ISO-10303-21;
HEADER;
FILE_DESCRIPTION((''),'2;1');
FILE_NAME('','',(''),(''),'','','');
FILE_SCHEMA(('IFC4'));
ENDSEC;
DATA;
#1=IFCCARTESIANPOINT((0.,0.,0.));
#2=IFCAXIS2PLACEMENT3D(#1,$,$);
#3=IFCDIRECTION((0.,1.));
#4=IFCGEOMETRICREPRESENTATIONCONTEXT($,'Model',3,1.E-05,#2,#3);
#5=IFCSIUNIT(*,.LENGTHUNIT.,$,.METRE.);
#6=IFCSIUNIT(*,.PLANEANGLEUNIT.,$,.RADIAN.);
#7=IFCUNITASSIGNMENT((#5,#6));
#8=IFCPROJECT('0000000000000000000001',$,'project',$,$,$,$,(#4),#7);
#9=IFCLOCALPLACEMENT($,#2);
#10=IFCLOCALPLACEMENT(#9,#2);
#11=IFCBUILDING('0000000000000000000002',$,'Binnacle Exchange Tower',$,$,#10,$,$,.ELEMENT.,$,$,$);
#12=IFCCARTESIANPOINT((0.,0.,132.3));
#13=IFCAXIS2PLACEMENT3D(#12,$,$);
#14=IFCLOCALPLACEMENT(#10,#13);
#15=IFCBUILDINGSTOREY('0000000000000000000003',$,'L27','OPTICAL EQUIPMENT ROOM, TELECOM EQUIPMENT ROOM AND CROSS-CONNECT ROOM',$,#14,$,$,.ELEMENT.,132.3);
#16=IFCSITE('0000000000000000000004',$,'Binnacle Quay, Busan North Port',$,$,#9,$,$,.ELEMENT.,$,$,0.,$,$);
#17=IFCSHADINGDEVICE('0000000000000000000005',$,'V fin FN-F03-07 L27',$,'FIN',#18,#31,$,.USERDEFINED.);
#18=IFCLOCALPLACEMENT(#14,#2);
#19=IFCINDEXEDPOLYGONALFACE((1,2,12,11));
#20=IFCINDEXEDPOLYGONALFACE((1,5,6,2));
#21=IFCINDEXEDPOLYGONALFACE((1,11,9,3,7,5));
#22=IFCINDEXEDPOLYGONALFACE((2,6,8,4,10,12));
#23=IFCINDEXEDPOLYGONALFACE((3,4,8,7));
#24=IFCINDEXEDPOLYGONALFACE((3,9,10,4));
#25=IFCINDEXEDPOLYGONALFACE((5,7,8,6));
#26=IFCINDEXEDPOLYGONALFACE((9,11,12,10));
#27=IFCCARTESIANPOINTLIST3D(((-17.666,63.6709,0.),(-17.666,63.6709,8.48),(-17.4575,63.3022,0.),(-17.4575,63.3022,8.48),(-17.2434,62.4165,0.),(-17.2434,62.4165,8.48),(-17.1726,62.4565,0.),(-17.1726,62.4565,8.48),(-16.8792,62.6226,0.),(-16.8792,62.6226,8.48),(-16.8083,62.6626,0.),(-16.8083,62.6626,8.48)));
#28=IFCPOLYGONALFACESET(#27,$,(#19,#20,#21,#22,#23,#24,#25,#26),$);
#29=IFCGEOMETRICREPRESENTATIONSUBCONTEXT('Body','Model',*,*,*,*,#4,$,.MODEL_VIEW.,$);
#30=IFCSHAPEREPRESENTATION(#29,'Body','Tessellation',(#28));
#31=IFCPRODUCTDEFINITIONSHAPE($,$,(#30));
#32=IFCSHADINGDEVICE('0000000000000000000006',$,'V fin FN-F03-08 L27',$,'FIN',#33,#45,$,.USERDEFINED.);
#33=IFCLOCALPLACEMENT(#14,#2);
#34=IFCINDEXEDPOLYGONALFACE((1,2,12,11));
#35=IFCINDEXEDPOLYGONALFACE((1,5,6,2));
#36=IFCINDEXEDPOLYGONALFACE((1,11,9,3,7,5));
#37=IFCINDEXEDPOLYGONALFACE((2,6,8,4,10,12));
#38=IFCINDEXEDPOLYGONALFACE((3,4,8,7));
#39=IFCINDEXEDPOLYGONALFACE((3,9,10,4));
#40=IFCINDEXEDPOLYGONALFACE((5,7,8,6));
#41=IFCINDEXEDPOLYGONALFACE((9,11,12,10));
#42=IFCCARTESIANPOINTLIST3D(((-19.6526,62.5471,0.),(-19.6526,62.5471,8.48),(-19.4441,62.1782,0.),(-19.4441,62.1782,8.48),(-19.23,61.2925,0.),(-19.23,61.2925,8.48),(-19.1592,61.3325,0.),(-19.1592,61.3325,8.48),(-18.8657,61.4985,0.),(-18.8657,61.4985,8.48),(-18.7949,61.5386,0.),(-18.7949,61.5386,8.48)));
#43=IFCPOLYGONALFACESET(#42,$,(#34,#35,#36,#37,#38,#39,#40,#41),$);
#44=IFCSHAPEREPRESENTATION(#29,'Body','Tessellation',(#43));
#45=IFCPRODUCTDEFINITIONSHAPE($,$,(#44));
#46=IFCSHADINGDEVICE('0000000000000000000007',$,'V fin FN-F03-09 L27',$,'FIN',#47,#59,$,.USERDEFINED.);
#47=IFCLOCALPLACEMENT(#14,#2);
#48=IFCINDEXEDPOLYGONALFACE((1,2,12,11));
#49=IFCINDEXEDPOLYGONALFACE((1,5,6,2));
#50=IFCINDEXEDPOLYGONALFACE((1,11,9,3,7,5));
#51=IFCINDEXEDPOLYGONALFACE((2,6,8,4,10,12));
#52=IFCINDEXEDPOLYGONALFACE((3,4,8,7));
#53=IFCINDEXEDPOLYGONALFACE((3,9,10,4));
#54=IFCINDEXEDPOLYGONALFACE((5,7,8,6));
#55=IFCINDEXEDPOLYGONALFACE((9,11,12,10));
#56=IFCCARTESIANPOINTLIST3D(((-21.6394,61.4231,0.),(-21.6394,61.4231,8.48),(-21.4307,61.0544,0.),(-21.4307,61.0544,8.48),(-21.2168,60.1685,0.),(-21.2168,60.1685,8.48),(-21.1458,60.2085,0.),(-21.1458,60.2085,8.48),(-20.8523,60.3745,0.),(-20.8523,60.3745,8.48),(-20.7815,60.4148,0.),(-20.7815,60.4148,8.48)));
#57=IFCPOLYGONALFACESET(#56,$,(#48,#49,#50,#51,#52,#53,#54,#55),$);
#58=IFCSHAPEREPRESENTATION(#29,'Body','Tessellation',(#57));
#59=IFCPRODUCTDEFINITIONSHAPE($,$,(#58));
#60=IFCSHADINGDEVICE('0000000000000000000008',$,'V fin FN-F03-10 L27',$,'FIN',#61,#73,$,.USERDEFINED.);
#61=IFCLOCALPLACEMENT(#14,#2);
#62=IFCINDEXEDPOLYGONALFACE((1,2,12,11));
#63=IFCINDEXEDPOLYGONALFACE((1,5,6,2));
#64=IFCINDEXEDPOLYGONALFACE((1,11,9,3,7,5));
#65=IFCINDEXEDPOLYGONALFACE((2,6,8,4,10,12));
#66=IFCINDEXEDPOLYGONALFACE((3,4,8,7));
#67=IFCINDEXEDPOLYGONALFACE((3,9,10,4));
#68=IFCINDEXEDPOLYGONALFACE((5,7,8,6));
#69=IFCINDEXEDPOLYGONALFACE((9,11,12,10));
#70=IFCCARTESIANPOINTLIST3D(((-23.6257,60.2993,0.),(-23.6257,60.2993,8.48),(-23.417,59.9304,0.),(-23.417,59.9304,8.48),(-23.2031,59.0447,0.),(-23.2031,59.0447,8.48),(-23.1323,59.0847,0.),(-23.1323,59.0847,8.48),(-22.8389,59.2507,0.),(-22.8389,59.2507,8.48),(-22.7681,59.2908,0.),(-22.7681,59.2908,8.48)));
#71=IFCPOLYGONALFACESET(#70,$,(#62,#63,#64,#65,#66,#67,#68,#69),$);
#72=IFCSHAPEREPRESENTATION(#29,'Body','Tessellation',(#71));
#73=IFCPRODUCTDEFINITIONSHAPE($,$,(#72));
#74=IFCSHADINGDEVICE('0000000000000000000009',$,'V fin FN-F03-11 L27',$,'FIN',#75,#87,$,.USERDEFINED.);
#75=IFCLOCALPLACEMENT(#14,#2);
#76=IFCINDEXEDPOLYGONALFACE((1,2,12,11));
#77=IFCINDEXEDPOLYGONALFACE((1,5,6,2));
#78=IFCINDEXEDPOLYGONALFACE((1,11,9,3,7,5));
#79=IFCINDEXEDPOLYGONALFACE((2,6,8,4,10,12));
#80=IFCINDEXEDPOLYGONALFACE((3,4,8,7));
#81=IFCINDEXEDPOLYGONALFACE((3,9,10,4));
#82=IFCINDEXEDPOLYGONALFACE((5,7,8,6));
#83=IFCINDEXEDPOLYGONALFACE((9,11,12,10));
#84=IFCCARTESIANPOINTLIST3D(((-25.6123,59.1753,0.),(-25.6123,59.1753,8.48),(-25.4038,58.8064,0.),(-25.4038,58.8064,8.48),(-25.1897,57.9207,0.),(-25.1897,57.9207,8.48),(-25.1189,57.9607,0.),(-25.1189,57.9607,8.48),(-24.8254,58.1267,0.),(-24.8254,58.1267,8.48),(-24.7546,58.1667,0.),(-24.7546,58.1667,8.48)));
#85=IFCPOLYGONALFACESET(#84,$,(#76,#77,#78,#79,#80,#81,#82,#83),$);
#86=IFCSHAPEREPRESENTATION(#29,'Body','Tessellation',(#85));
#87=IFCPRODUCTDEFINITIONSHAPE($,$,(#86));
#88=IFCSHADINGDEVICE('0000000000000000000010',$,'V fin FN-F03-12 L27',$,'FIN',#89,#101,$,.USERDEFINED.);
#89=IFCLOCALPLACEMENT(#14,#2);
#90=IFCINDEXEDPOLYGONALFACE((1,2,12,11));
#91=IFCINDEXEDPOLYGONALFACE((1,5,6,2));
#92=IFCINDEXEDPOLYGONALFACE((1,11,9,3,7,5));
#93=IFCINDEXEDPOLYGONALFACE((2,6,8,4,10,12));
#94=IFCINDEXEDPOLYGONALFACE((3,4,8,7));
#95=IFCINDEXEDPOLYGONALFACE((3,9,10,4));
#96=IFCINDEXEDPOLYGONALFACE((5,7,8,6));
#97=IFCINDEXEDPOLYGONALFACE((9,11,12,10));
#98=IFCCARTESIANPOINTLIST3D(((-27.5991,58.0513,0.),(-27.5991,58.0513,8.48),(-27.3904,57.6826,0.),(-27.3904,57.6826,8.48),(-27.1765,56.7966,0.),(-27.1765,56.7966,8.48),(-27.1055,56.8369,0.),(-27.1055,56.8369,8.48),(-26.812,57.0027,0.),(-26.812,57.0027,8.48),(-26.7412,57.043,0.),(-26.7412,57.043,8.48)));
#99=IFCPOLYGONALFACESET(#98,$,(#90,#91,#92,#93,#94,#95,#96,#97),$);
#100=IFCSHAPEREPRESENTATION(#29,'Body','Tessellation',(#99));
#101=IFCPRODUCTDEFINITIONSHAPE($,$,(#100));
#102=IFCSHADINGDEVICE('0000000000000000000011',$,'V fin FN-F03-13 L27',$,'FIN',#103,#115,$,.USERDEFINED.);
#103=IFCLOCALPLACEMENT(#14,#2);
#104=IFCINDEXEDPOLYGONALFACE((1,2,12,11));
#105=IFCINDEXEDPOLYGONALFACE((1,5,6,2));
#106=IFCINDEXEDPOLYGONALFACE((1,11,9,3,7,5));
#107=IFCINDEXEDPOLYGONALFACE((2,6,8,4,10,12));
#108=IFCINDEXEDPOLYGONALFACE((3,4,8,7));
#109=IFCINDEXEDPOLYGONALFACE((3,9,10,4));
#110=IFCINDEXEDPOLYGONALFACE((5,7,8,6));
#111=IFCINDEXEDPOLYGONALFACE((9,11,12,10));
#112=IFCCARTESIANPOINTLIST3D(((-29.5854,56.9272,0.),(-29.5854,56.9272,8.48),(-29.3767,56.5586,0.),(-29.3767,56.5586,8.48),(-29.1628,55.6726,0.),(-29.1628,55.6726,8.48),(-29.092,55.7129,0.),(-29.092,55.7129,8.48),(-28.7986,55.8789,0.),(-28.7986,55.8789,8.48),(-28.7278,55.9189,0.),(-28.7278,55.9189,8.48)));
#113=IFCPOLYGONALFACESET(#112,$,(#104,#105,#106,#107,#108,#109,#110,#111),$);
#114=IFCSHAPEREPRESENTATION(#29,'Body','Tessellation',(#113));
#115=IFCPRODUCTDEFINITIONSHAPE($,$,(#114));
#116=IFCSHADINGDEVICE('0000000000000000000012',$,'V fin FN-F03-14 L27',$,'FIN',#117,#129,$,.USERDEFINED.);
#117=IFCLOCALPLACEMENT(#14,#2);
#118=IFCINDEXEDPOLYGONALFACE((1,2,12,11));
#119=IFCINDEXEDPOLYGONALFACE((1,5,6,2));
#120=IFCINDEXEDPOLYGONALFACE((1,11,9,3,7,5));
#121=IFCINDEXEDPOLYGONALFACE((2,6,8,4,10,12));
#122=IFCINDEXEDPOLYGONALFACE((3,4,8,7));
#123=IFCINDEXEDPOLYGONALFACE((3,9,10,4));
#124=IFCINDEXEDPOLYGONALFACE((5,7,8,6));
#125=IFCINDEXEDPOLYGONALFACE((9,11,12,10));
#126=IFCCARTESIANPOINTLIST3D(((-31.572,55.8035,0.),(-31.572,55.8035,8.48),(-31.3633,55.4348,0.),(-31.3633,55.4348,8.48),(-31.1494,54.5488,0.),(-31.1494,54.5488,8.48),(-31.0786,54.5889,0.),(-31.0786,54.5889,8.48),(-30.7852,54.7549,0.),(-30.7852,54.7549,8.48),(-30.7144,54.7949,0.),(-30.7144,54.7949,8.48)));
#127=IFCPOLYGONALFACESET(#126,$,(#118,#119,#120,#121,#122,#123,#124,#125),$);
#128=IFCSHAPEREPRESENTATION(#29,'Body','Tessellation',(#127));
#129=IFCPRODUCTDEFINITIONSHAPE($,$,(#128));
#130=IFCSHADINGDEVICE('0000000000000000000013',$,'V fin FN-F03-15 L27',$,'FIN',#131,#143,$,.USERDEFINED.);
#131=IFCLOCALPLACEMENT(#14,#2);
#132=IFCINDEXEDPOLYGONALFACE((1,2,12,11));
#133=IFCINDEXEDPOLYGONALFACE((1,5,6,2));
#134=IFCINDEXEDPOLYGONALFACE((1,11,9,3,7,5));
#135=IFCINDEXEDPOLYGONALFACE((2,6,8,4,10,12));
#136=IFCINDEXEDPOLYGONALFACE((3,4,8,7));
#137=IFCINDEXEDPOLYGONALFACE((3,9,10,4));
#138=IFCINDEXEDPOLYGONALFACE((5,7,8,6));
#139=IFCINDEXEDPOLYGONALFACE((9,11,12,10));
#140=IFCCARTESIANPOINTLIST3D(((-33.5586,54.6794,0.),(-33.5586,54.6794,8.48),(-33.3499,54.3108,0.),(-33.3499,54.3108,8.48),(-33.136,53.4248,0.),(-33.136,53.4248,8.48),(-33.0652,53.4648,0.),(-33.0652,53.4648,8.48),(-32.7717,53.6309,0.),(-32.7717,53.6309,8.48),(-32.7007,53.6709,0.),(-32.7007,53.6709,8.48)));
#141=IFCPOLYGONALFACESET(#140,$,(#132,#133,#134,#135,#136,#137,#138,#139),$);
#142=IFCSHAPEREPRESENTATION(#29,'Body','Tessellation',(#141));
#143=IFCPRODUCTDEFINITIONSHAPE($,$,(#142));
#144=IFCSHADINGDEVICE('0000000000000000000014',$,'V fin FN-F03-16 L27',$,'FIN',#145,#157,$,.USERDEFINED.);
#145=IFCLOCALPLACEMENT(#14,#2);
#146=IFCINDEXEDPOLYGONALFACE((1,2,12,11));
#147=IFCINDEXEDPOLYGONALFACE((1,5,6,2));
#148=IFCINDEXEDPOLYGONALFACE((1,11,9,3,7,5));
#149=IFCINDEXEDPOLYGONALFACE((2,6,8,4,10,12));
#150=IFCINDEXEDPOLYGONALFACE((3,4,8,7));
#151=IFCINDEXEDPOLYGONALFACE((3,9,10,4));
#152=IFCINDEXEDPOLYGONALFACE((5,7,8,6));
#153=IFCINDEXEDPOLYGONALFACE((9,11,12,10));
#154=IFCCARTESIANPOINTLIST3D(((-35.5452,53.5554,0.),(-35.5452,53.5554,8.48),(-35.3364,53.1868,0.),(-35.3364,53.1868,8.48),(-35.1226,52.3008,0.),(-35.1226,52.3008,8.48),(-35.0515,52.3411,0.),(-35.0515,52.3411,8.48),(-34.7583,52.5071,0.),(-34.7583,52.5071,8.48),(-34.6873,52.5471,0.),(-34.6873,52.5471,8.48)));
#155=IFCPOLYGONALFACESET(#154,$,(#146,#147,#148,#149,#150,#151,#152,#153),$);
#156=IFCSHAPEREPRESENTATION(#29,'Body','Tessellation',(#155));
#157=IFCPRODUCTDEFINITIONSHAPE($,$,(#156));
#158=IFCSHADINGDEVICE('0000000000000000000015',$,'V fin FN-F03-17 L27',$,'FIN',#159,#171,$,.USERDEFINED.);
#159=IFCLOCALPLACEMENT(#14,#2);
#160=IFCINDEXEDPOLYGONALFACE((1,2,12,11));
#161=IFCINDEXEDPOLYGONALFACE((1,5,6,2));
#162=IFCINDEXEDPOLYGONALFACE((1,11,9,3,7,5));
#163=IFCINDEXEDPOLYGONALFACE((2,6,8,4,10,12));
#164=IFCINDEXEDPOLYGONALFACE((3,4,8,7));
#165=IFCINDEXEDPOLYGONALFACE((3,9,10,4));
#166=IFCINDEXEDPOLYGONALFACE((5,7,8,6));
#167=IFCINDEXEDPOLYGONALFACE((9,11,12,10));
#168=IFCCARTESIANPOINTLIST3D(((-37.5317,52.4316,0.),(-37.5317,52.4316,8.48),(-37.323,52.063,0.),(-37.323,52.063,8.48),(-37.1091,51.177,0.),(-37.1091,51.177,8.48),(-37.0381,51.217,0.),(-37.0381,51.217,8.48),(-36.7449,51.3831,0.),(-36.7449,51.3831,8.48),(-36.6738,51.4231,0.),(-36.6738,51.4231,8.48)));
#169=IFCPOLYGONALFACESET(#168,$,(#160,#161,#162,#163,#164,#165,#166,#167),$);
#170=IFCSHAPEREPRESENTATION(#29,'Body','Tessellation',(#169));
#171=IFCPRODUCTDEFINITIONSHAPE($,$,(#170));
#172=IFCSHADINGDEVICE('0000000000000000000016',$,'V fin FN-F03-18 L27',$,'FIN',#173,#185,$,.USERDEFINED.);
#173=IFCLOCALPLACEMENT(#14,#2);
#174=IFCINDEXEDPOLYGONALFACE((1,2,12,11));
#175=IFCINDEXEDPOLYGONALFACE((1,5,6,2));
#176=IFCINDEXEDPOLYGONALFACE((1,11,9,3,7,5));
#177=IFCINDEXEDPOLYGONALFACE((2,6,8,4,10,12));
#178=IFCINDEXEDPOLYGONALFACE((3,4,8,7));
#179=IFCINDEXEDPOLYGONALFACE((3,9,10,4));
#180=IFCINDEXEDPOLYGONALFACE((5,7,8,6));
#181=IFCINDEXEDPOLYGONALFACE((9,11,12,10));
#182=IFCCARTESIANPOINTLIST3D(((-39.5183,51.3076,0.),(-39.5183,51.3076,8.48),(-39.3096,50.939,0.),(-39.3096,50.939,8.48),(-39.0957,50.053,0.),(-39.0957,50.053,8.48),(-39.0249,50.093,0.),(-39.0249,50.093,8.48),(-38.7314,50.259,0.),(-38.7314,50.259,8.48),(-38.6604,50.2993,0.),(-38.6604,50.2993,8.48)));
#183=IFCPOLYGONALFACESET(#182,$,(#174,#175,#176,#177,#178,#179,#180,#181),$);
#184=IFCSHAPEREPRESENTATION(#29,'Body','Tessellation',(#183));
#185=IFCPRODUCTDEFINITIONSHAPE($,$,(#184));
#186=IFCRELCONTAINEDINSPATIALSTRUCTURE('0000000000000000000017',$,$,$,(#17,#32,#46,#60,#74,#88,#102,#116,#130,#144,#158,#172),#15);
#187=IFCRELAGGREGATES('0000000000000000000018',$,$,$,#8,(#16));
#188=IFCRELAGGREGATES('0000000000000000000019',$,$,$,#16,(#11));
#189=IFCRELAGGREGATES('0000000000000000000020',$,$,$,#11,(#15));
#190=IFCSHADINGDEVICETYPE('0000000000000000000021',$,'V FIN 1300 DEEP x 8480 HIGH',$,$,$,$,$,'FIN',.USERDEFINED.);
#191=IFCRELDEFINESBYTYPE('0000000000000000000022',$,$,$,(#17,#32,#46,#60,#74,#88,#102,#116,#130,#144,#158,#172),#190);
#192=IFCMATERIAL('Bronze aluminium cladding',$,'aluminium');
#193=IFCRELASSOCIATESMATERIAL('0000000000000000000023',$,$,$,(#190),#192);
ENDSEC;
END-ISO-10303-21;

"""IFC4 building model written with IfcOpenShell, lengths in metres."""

from ifc_helpers import new_model, si_unit, direction, frame, origin, place, context, subcontext, project, spatial, polyline, outline, extrude, material, type_object, element, save


model = new_model("IFC4")

# Units and contexts
model_context = context("Model", 3, precision=1e-05, world=origin(), true_north=direction((0.0, 1.0)))
body_context = subcontext(model_context, "Body", "Model", "MODEL_VIEW")
ifc_project = project(units=[si_unit("LENGTHUNIT", "METRE"), si_unit("PLANEANGLEUNIT", "RADIAN")], contexts=[model_context])

# Site, building, storey
site_placement = place(None, origin())
site = spatial("IfcSite", under=ifc_project, at=site_placement, Name="Binnacle Quay, Busan North Port", CompositionType="ELEMENT", RefElevation=0.0)
building_placement = place(site_placement, origin())
building = spatial("IfcBuilding", under=site, at=building_placement, Name="Binnacle Exchange Tower", CompositionType="ELEMENT")
storey_placement = place(building_placement, frame((0.0, 0.0, 132.3)))
storey = spatial("IfcBuildingStorey", under=building, at=storey_placement, Name="L27", Description="OPTICAL EQUIPMENT ROOM, TELECOM EQUIPMENT ROOM AND CROSS-CONNECT ROOM", CompositionType="ELEMENT", Elevation=132.3)

# Shading devices
ifc_material = material(Name="Bronze aluminium cladding", Category="aluminium")
shading_device_type = type_object("IfcShadingDeviceType", Name="V FIN 1300 DEEP x 8480 HIGH", ElementType="FIN", PredefinedType="USERDEFINED", material=ifc_material)
shading_device_1_placement = place(storey_placement, origin())
element("IfcShadingDevice", 1, at=shading_device_1_placement, inside=storey, type_object=shading_device_type, Name="V fin FN-F03-07 L27", ObjectType="FIN", PredefinedType="USERDEFINED", context=body_context, shape_type="SweptSolid", body=[
    extrude(outline(polyline([(-16.8083, 62.6626), (-17.666, 63.6709), (-17.2434, 62.4165), (-17.1726, 62.4565), (-17.4575, 63.3022), (-16.8792, 62.6226), (-16.8083, 62.6626)])), origin(), (0.0, 0.0, 1.0), 8.48),
])
shading_device_2_placement = place(storey_placement, origin())
element("IfcShadingDevice", 2, at=shading_device_2_placement, inside=storey, type_object=shading_device_type, Name="V fin FN-F03-08 L27", ObjectType="FIN", PredefinedType="USERDEFINED", context=body_context, shape_type="SweptSolid", body=[
    extrude(outline(polyline([(-18.7949, 61.5386), (-19.6526, 62.5471), (-19.23, 61.2925), (-19.1592, 61.3325), (-19.4441, 62.1782), (-18.8657, 61.4985), (-18.7949, 61.5386)])), origin(), (0.0, 0.0, 1.0), 8.48),
])
shading_device_3_placement = place(storey_placement, origin())
element("IfcShadingDevice", 3, at=shading_device_3_placement, inside=storey, type_object=shading_device_type, Name="V fin FN-F03-09 L27", ObjectType="FIN", PredefinedType="USERDEFINED", context=body_context, shape_type="SweptSolid", body=[
    extrude(outline(polyline([(-20.7815, 60.4148), (-21.6394, 61.4231), (-21.2168, 60.1685), (-21.1458, 60.2085), (-21.4307, 61.0544), (-20.8523, 60.3745), (-20.7815, 60.4148)])), origin(), (0.0, 0.0, 1.0), 8.48),
])
shading_device_4_placement = place(storey_placement, origin())
element("IfcShadingDevice", 4, at=shading_device_4_placement, inside=storey, type_object=shading_device_type, Name="V fin FN-F03-10 L27", ObjectType="FIN", PredefinedType="USERDEFINED", context=body_context, shape_type="SweptSolid", body=[
    extrude(outline(polyline([(-22.7681, 59.2908), (-23.6257, 60.2993), (-23.2031, 59.0447), (-23.1323, 59.0847), (-23.417, 59.9304), (-22.8389, 59.2507), (-22.7681, 59.2908)])), origin(), (0.0, 0.0, 1.0), 8.48),
])
shading_device_5_placement = place(storey_placement, origin())
element("IfcShadingDevice", 5, at=shading_device_5_placement, inside=storey, type_object=shading_device_type, Name="V fin FN-F03-11 L27", ObjectType="FIN", PredefinedType="USERDEFINED", context=body_context, shape_type="SweptSolid", body=[
    extrude(outline(polyline([(-24.7546, 58.1667), (-25.6123, 59.1753), (-25.1897, 57.9207), (-25.1189, 57.9607), (-25.4038, 58.8064), (-24.8254, 58.1267), (-24.7546, 58.1667)])), origin(), (0.0, 0.0, 1.0), 8.48),
])
shading_device_6_placement = place(storey_placement, origin())
element("IfcShadingDevice", 6, at=shading_device_6_placement, inside=storey, type_object=shading_device_type, Name="V fin FN-F03-12 L27", ObjectType="FIN", PredefinedType="USERDEFINED", context=body_context, shape_type="SweptSolid", body=[
    extrude(outline(polyline([(-26.7412, 57.043), (-27.5991, 58.0513), (-27.1765, 56.7966), (-27.1055, 56.8369), (-27.3904, 57.6826), (-26.812, 57.0027), (-26.7412, 57.043)])), origin(), (0.0, 0.0, 1.0), 8.48),
])
shading_device_7_placement = place(storey_placement, origin())
element("IfcShadingDevice", 7, at=shading_device_7_placement, inside=storey, type_object=shading_device_type, Name="V fin FN-F03-13 L27", ObjectType="FIN", PredefinedType="USERDEFINED", context=body_context, shape_type="SweptSolid", body=[
    extrude(outline(polyline([(-28.7278, 55.9189), (-29.5854, 56.9272), (-29.1628, 55.6726), (-29.092, 55.7129), (-29.3767, 56.5586), (-28.7986, 55.8789), (-28.7278, 55.9189)])), origin(), (0.0, 0.0, 1.0), 8.48),
])
shading_device_8_placement = place(storey_placement, origin())
element("IfcShadingDevice", 8, at=shading_device_8_placement, inside=storey, type_object=shading_device_type, Name="V fin FN-F03-14 L27", ObjectType="FIN", PredefinedType="USERDEFINED", context=body_context, shape_type="SweptSolid", body=[
    extrude(outline(polyline([(-30.7144, 54.7949), (-31.572, 55.8035), (-31.1494, 54.5488), (-31.0786, 54.5889), (-31.3633, 55.4348), (-30.7852, 54.7549), (-30.7144, 54.7949)])), origin(), (0.0, 0.0, 1.0), 8.48),
])
shading_device_9_placement = place(storey_placement, origin())
element("IfcShadingDevice", 9, at=shading_device_9_placement, inside=storey, type_object=shading_device_type, Name="V fin FN-F03-15 L27", ObjectType="FIN", PredefinedType="USERDEFINED", context=body_context, shape_type="SweptSolid", body=[
    extrude(outline(polyline([(-32.7007, 53.6709), (-33.5586, 54.6794), (-33.136, 53.4248), (-33.0652, 53.4648), (-33.3499, 54.3108), (-32.7717, 53.6309), (-32.7007, 53.6709)])), origin(), (0.0, 0.0, 1.0), 8.48),
])
shading_device_10_placement = place(storey_placement, origin())
element("IfcShadingDevice", 10, at=shading_device_10_placement, inside=storey, type_object=shading_device_type, Name="V fin FN-F03-16 L27", ObjectType="FIN", PredefinedType="USERDEFINED", context=body_context, shape_type="SweptSolid", body=[
    extrude(outline(polyline([(-34.6873, 52.5471), (-35.5452, 53.5554), (-35.1226, 52.3008), (-35.0515, 52.3411), (-35.3364, 53.1868), (-34.7583, 52.5071), (-34.6873, 52.5471)])), origin(), (0.0, 0.0, 1.0), 8.48),
])
shading_device_11_placement = place(storey_placement, origin())
element("IfcShadingDevice", 11, at=shading_device_11_placement, inside=storey, type_object=shading_device_type, Name="V fin FN-F03-17 L27", ObjectType="FIN", PredefinedType="USERDEFINED", context=body_context, shape_type="SweptSolid", body=[
    extrude(outline(polyline([(-36.6738, 51.4231), (-37.5317, 52.4316), (-37.1091, 51.177), (-37.0381, 51.217), (-37.323, 52.063), (-36.7449, 51.3831), (-36.6738, 51.4231)])), origin(), (0.0, 0.0, 1.0), 8.48),
])
shading_device_12_placement = place(storey_placement, origin())
element("IfcShadingDevice", 12, at=shading_device_12_placement, inside=storey, type_object=shading_device_type, Name="V fin FN-F03-18 L27", ObjectType="FIN", PredefinedType="USERDEFINED", context=body_context, shape_type="SweptSolid", body=[
    extrude(outline(polyline([(-38.6604, 50.2993), (-39.5183, 51.3076), (-39.0957, 50.053), (-39.0249, 50.093), (-39.3096, 50.939), (-38.7314, 50.259), (-38.6604, 50.2993)])), origin(), (0.0, 0.0, 1.0), 8.48),
])

save(model, "model.ifc")
